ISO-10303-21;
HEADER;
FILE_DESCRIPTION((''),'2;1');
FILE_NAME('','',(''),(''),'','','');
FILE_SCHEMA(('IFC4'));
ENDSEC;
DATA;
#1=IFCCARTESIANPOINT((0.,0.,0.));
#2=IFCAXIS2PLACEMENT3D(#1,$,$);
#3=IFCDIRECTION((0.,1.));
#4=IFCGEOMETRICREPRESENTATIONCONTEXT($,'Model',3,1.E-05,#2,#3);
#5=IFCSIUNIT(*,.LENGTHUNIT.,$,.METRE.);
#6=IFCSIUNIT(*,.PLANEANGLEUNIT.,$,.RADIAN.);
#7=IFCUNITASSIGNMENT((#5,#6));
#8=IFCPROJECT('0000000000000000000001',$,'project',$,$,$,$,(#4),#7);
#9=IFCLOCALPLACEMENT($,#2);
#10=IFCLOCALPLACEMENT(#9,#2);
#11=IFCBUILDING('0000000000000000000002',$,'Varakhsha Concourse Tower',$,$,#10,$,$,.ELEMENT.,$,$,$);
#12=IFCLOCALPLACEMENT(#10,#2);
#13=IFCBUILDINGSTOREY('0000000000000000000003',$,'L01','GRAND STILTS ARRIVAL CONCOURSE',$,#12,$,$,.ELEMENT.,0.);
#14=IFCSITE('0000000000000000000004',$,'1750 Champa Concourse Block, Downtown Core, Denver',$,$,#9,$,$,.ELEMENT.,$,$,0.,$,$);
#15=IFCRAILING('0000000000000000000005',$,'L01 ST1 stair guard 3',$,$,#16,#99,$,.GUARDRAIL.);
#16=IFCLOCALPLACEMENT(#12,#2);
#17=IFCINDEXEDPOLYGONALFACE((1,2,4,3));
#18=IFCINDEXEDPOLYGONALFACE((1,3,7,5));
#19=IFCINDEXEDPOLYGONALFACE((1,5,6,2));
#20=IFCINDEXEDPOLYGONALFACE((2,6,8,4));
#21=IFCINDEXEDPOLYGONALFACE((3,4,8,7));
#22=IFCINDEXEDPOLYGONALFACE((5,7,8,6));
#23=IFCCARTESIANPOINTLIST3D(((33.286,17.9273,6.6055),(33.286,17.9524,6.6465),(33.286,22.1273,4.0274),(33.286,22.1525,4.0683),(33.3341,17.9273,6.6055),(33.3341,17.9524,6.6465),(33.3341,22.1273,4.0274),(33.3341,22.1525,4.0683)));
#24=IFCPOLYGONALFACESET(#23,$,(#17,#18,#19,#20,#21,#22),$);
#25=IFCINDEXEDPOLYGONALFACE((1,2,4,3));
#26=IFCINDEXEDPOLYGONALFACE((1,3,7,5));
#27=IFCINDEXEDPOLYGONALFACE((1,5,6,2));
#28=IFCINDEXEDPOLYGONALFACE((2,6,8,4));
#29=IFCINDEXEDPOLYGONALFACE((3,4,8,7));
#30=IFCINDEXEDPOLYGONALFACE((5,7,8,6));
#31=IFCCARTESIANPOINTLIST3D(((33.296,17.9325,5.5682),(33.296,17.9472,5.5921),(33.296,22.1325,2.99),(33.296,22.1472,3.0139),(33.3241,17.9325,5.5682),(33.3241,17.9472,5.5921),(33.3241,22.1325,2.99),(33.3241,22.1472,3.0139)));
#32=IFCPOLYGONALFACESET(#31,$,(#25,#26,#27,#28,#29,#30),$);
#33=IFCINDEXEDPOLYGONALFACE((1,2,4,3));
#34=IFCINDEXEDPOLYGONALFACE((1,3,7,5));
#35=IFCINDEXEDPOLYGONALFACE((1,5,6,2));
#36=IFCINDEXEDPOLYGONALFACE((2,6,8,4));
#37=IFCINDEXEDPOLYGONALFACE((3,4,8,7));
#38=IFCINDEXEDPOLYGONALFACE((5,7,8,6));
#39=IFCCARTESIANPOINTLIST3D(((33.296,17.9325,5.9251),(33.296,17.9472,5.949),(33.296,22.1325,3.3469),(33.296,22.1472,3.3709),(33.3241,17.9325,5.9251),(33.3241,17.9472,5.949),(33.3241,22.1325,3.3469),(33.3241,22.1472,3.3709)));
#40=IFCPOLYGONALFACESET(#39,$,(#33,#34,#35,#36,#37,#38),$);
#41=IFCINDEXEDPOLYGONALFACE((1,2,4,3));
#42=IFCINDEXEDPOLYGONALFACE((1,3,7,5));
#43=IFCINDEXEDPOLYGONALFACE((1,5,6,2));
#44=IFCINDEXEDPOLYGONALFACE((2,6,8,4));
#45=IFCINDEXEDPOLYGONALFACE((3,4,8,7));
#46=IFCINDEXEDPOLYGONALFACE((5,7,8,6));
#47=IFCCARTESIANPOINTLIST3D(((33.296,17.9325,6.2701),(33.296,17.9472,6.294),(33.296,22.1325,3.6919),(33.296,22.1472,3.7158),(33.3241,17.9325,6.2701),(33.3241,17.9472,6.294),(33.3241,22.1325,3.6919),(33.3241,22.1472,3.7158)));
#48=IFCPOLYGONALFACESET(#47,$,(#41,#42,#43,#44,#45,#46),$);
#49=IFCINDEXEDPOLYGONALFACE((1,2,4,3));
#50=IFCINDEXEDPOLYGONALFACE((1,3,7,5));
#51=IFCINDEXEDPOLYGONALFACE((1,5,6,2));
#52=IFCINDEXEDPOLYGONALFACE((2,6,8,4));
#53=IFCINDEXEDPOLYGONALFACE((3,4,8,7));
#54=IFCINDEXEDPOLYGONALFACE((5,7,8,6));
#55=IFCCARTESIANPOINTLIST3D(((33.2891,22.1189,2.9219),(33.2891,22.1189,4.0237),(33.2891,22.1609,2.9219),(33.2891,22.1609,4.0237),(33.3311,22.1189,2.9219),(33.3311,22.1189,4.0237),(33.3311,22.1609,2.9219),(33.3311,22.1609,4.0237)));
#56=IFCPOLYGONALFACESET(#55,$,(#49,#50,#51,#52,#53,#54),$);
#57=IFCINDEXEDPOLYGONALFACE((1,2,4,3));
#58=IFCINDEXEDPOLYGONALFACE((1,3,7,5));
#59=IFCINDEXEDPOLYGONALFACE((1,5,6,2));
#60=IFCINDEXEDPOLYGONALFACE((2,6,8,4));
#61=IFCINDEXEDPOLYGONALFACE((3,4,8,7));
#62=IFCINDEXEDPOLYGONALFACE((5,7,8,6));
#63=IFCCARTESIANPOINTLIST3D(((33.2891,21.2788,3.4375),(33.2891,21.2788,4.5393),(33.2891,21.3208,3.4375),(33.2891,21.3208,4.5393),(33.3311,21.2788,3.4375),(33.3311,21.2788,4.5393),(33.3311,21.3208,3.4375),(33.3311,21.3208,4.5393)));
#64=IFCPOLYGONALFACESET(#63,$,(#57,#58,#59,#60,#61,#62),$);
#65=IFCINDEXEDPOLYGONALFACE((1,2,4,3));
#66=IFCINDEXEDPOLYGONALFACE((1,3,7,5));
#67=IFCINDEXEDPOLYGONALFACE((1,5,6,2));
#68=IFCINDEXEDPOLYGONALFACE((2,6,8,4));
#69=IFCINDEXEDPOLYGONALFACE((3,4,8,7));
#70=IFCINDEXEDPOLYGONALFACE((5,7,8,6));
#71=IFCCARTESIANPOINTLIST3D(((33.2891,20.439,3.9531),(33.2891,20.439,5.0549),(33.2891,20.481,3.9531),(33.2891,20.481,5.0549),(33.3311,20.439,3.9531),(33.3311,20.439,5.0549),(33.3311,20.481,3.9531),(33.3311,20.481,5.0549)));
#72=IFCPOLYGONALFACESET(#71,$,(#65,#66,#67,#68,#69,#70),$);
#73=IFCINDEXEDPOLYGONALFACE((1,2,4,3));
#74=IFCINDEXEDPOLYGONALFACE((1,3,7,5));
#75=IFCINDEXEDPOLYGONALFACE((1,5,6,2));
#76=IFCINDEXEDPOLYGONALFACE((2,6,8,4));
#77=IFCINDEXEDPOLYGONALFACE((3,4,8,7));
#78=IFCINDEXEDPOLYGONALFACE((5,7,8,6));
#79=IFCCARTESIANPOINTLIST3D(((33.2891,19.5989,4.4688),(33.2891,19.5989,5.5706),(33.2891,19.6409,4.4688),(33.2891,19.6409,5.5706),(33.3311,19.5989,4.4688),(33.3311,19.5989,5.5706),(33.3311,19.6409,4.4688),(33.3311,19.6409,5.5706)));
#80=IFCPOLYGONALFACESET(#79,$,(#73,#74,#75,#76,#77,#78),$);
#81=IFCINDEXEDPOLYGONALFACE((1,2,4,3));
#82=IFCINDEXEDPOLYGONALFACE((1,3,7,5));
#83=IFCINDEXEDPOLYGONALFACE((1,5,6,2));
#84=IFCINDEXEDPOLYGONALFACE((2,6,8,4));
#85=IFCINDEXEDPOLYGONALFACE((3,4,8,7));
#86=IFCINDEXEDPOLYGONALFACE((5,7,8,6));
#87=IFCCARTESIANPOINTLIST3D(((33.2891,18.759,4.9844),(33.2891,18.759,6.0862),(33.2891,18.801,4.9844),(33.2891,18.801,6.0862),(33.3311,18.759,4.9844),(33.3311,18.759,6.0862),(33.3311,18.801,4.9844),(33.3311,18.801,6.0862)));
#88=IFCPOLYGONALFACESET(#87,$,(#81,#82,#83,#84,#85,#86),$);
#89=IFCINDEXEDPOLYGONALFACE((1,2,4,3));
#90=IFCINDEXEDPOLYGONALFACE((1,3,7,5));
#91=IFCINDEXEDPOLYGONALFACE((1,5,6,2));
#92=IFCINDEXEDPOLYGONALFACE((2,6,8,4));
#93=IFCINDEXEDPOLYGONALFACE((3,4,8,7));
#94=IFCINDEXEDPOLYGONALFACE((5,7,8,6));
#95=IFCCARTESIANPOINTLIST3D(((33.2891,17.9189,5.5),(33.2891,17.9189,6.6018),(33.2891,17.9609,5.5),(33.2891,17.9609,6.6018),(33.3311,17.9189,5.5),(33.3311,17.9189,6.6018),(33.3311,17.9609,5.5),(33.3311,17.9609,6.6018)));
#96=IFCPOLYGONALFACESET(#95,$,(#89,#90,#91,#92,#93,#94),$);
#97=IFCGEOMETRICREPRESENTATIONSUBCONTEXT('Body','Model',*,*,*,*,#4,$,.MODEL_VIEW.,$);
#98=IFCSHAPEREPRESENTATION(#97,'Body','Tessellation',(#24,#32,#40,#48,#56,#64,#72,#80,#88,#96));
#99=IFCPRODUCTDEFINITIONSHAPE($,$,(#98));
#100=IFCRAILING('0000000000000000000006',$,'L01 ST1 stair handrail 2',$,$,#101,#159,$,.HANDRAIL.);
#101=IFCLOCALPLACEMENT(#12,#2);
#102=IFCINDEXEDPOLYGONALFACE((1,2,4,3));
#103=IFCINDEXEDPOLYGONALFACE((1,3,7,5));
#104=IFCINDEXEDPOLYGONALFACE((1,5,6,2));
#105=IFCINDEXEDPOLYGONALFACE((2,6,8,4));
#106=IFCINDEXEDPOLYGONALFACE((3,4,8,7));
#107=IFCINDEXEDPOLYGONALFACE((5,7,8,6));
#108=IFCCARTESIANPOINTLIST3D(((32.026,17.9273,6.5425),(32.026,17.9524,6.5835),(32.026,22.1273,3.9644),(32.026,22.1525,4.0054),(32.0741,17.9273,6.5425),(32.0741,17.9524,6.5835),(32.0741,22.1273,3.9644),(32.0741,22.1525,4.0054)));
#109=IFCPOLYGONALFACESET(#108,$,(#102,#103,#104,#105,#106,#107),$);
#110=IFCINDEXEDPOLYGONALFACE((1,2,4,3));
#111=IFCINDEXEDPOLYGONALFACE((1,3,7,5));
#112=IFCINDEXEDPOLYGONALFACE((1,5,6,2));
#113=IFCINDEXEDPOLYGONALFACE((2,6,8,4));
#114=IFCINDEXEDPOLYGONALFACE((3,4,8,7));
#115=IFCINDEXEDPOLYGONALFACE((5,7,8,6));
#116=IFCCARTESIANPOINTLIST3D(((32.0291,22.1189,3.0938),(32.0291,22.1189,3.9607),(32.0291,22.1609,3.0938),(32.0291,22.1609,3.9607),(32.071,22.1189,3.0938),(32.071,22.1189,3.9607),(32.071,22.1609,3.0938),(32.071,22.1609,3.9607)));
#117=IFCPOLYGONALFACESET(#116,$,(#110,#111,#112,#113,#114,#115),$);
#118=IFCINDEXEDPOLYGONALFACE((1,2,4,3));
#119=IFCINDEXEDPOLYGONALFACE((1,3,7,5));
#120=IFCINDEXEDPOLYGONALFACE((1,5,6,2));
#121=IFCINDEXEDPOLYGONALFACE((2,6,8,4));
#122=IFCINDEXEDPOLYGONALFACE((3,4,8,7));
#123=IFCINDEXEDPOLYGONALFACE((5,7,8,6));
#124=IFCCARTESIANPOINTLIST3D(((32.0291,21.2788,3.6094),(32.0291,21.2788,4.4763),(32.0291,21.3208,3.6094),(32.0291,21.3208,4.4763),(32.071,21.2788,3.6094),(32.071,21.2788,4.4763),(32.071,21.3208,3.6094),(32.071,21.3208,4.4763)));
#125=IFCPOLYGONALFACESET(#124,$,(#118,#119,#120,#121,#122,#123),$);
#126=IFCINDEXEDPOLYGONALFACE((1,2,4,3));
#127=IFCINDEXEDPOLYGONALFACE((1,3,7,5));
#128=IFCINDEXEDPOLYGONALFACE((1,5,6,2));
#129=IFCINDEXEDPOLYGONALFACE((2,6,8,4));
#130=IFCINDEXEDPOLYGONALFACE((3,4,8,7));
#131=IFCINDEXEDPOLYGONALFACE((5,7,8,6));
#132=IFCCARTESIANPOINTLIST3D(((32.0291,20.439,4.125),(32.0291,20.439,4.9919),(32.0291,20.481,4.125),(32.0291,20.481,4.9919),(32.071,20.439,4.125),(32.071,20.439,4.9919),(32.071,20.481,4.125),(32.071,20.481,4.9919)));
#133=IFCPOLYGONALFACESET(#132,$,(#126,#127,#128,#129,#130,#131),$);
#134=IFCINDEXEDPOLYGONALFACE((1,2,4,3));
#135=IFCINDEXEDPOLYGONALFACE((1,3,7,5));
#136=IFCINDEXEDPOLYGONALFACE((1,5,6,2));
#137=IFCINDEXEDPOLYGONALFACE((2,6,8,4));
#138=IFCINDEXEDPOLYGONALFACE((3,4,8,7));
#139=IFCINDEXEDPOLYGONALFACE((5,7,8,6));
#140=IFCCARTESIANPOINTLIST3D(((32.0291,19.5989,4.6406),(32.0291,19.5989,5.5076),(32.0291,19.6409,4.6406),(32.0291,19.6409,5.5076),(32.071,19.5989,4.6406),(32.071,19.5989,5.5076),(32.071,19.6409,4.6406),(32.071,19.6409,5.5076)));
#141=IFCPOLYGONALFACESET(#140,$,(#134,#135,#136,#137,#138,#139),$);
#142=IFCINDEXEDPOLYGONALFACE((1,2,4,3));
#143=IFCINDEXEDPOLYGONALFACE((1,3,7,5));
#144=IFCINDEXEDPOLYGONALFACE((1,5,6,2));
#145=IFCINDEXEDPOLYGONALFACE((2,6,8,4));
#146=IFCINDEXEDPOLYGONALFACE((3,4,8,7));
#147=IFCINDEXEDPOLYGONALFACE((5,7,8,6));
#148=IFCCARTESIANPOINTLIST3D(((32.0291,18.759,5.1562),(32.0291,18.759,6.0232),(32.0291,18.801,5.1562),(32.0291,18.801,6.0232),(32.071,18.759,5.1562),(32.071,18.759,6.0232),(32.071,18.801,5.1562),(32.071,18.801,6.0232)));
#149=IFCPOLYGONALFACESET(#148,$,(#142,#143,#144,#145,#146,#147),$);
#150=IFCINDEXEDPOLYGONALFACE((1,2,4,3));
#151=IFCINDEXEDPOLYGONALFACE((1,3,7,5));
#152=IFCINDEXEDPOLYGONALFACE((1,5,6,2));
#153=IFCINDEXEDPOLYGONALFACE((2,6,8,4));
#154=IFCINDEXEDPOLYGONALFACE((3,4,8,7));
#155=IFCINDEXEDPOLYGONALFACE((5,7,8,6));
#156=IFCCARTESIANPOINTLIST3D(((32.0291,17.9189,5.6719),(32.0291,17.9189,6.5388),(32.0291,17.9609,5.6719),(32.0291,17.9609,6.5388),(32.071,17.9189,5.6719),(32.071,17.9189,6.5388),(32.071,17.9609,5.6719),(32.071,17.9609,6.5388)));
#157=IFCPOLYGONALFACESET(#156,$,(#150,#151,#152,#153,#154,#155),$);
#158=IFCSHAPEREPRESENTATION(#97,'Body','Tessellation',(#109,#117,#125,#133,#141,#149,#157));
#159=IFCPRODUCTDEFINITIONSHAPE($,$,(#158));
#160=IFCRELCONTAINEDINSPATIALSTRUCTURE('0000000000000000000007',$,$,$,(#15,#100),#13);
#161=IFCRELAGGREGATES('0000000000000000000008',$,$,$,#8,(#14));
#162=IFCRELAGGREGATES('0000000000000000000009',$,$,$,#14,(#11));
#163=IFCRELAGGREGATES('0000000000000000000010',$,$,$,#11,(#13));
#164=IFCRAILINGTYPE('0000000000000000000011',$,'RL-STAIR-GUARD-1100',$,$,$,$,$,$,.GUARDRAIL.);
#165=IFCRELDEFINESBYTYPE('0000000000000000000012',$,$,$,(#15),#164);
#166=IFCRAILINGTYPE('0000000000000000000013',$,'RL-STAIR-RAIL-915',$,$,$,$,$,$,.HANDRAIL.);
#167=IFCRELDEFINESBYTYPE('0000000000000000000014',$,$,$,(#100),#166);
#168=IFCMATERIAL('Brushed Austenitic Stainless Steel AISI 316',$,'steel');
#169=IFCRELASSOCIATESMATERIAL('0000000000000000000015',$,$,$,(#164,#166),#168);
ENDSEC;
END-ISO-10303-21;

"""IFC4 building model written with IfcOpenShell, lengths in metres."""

from ifc_helpers import new_model, si_unit, direction, frame, origin, origin_2d, place, context, subcontext, project, spatial, rectangle, extrude, material, type_object, element, save


model = new_model("IFC4")

# Units and contexts
model_context = context("Model", 3, precision=1e-05, world=origin(), true_north=direction((0.0, 1.0)))
body_context = subcontext(model_context, "Body", "Model", "MODEL_VIEW")
ifc_project = project(units=[si_unit("LENGTHUNIT", "METRE"), si_unit("PLANEANGLEUNIT", "RADIAN")], contexts=[model_context])

# Site, building, storey
site_placement = place(None, origin())
site = spatial("IfcSite", under=ifc_project, at=site_placement, Name="1750 Champa Concourse Block, Downtown Core, Denver", CompositionType="ELEMENT", RefElevation=0.0)
building_placement = place(site_placement, origin())
building = spatial("IfcBuilding", under=site, at=building_placement, Name="Varakhsha Concourse Tower", CompositionType="ELEMENT")
storey_placement = place(building_placement, origin())
storey = spatial("IfcBuildingStorey", under=building, at=storey_placement, Name="L01", Description="GRAND STILTS ARRIVAL CONCOURSE", CompositionType="ELEMENT", Elevation=0.0)

# Shared definitions
ifc_material_1 = material(Name="Brushed Austenitic Stainless Steel AISI 316", Category="steel")

# Railings
railing_type_1 = type_object("IfcRailingType", Name="RL-STAIR-GUARD-1100", PredefinedType="GUARDRAIL", material=ifc_material_1)
railing_1_placement = place(storey_placement, frame((33.3101, 22.1399, 2.9219)))
element("IfcRailing", 1, at=railing_1_placement, inside=storey, type_object=railing_type_1, Name="L01 ST1 stair guard 3", PredefinedType="GUARDRAIL", context=body_context, shape_type="SweptSolid", body=[
    extrude(rectangle(XDim=0.0481, YDim=0.0481, at=origin_2d()), frame((0.0, 0.0, 1.126), z_axis=(0.0, -0.852243, 0.523146), x_axis=(1.0, 0.0, 0.0)), (0.0, 0.0, 1.0), 4.9282),
    extrude(rectangle(XDim=0.0281, YDim=0.0281, at=origin_2d()), frame((0.0, 0.0, 0.0801), z_axis=(0.0, -0.852243, 0.523146), x_axis=(1.0, 0.0, 0.0)), (0.0, 0.0, 1.0), 4.9282),
    extrude(rectangle(XDim=0.0281, YDim=0.0281, at=origin_2d()), frame((0.0, 0.0, 0.437), z_axis=(0.0, -0.852243, 0.523146), x_axis=(1.0, 0.0, 0.0)), (0.0, 0.0, 1.0), 4.9282),
    extrude(rectangle(XDim=0.0281, YDim=0.0281, at=origin_2d()), frame((0.0, 0.0, 0.782), z_axis=(0.0, -0.852243, 0.523146), x_axis=(1.0, 0.0, 0.0)), (0.0, 0.0, 1.0), 4.9282),
    extrude(rectangle(XDim=0.042, YDim=0.042, at=origin_2d()), origin(), (0.0, 0.0, 1.0), 1.1018),
    extrude(rectangle(XDim=0.042, YDim=0.042, at=origin_2d()), frame((0.0, -0.8401, 0.5156)), (0.0, 0.0, 1.0), 1.1018),
    extrude(rectangle(XDim=0.042, YDim=0.042, at=origin_2d()), frame((0.0, -1.6799, 1.0312)), (0.0, 0.0, 1.0), 1.1018),
    extrude(rectangle(XDim=0.042, YDim=0.042, at=origin_2d()), frame((0.0, -2.52, 1.5469)), (0.0, 0.0, 1.0), 1.1018),
    extrude(rectangle(XDim=0.042, YDim=0.042, at=origin_2d()), frame((0.0, -3.3599, 2.0625)), (0.0, 0.0, 1.0), 1.1018),
    extrude(rectangle(XDim=0.042, YDim=0.042, at=origin_2d()), frame((0.0, -4.2, 2.5781)), (0.0, 0.0, 1.0), 1.1018),
])
railing_type_2 = type_object("IfcRailingType", Name="RL-STAIR-RAIL-915", PredefinedType="HANDRAIL", material=ifc_material_1)
railing_2_placement = place(storey_placement, frame((32.05, 22.1399, 3.0938)))
element("IfcRailing", 2, at=railing_2_placement, inside=storey, type_object=railing_type_2, Name="L01 ST1 stair handrail 2", PredefinedType="HANDRAIL", context=body_context, shape_type="SweptSolid", body=[
    extrude(rectangle(XDim=0.0481, YDim=0.0481, at=origin_2d()), frame((0.0, 0.0, 0.8911), z_axis=(0.0, -0.852243, 0.523146), x_axis=(1.0, 0.0, 0.0)), (0.0, 0.0, 1.0), 4.9282),
    extrude(rectangle(XDim=0.042, YDim=0.042, at=origin_2d()), origin(), (0.0, 0.0, 1.0), 0.8669),
    extrude(rectangle(XDim=0.042, YDim=0.042, at=origin_2d()), frame((0.0, -0.8401, 0.5156)), (0.0, 0.0, 1.0), 0.8669),
    extrude(rectangle(XDim=0.042, YDim=0.042, at=origin_2d()), frame((0.0, -1.6799, 1.0312)), (0.0, 0.0, 1.0), 0.8669),
    extrude(rectangle(XDim=0.042, YDim=0.042, at=origin_2d()), frame((0.0, -2.52, 1.5469)), (0.0, 0.0, 1.0), 0.8669),
    extrude(rectangle(XDim=0.042, YDim=0.042, at=origin_2d()), frame((0.0, -3.3599, 2.0625)), (0.0, 0.0, 1.0), 0.8669),
    extrude(rectangle(XDim=0.042, YDim=0.042, at=origin_2d()), frame((0.0, -4.2, 2.5781)), (0.0, 0.0, 1.0), 0.8669),
])

save(model, "model.ifc")
